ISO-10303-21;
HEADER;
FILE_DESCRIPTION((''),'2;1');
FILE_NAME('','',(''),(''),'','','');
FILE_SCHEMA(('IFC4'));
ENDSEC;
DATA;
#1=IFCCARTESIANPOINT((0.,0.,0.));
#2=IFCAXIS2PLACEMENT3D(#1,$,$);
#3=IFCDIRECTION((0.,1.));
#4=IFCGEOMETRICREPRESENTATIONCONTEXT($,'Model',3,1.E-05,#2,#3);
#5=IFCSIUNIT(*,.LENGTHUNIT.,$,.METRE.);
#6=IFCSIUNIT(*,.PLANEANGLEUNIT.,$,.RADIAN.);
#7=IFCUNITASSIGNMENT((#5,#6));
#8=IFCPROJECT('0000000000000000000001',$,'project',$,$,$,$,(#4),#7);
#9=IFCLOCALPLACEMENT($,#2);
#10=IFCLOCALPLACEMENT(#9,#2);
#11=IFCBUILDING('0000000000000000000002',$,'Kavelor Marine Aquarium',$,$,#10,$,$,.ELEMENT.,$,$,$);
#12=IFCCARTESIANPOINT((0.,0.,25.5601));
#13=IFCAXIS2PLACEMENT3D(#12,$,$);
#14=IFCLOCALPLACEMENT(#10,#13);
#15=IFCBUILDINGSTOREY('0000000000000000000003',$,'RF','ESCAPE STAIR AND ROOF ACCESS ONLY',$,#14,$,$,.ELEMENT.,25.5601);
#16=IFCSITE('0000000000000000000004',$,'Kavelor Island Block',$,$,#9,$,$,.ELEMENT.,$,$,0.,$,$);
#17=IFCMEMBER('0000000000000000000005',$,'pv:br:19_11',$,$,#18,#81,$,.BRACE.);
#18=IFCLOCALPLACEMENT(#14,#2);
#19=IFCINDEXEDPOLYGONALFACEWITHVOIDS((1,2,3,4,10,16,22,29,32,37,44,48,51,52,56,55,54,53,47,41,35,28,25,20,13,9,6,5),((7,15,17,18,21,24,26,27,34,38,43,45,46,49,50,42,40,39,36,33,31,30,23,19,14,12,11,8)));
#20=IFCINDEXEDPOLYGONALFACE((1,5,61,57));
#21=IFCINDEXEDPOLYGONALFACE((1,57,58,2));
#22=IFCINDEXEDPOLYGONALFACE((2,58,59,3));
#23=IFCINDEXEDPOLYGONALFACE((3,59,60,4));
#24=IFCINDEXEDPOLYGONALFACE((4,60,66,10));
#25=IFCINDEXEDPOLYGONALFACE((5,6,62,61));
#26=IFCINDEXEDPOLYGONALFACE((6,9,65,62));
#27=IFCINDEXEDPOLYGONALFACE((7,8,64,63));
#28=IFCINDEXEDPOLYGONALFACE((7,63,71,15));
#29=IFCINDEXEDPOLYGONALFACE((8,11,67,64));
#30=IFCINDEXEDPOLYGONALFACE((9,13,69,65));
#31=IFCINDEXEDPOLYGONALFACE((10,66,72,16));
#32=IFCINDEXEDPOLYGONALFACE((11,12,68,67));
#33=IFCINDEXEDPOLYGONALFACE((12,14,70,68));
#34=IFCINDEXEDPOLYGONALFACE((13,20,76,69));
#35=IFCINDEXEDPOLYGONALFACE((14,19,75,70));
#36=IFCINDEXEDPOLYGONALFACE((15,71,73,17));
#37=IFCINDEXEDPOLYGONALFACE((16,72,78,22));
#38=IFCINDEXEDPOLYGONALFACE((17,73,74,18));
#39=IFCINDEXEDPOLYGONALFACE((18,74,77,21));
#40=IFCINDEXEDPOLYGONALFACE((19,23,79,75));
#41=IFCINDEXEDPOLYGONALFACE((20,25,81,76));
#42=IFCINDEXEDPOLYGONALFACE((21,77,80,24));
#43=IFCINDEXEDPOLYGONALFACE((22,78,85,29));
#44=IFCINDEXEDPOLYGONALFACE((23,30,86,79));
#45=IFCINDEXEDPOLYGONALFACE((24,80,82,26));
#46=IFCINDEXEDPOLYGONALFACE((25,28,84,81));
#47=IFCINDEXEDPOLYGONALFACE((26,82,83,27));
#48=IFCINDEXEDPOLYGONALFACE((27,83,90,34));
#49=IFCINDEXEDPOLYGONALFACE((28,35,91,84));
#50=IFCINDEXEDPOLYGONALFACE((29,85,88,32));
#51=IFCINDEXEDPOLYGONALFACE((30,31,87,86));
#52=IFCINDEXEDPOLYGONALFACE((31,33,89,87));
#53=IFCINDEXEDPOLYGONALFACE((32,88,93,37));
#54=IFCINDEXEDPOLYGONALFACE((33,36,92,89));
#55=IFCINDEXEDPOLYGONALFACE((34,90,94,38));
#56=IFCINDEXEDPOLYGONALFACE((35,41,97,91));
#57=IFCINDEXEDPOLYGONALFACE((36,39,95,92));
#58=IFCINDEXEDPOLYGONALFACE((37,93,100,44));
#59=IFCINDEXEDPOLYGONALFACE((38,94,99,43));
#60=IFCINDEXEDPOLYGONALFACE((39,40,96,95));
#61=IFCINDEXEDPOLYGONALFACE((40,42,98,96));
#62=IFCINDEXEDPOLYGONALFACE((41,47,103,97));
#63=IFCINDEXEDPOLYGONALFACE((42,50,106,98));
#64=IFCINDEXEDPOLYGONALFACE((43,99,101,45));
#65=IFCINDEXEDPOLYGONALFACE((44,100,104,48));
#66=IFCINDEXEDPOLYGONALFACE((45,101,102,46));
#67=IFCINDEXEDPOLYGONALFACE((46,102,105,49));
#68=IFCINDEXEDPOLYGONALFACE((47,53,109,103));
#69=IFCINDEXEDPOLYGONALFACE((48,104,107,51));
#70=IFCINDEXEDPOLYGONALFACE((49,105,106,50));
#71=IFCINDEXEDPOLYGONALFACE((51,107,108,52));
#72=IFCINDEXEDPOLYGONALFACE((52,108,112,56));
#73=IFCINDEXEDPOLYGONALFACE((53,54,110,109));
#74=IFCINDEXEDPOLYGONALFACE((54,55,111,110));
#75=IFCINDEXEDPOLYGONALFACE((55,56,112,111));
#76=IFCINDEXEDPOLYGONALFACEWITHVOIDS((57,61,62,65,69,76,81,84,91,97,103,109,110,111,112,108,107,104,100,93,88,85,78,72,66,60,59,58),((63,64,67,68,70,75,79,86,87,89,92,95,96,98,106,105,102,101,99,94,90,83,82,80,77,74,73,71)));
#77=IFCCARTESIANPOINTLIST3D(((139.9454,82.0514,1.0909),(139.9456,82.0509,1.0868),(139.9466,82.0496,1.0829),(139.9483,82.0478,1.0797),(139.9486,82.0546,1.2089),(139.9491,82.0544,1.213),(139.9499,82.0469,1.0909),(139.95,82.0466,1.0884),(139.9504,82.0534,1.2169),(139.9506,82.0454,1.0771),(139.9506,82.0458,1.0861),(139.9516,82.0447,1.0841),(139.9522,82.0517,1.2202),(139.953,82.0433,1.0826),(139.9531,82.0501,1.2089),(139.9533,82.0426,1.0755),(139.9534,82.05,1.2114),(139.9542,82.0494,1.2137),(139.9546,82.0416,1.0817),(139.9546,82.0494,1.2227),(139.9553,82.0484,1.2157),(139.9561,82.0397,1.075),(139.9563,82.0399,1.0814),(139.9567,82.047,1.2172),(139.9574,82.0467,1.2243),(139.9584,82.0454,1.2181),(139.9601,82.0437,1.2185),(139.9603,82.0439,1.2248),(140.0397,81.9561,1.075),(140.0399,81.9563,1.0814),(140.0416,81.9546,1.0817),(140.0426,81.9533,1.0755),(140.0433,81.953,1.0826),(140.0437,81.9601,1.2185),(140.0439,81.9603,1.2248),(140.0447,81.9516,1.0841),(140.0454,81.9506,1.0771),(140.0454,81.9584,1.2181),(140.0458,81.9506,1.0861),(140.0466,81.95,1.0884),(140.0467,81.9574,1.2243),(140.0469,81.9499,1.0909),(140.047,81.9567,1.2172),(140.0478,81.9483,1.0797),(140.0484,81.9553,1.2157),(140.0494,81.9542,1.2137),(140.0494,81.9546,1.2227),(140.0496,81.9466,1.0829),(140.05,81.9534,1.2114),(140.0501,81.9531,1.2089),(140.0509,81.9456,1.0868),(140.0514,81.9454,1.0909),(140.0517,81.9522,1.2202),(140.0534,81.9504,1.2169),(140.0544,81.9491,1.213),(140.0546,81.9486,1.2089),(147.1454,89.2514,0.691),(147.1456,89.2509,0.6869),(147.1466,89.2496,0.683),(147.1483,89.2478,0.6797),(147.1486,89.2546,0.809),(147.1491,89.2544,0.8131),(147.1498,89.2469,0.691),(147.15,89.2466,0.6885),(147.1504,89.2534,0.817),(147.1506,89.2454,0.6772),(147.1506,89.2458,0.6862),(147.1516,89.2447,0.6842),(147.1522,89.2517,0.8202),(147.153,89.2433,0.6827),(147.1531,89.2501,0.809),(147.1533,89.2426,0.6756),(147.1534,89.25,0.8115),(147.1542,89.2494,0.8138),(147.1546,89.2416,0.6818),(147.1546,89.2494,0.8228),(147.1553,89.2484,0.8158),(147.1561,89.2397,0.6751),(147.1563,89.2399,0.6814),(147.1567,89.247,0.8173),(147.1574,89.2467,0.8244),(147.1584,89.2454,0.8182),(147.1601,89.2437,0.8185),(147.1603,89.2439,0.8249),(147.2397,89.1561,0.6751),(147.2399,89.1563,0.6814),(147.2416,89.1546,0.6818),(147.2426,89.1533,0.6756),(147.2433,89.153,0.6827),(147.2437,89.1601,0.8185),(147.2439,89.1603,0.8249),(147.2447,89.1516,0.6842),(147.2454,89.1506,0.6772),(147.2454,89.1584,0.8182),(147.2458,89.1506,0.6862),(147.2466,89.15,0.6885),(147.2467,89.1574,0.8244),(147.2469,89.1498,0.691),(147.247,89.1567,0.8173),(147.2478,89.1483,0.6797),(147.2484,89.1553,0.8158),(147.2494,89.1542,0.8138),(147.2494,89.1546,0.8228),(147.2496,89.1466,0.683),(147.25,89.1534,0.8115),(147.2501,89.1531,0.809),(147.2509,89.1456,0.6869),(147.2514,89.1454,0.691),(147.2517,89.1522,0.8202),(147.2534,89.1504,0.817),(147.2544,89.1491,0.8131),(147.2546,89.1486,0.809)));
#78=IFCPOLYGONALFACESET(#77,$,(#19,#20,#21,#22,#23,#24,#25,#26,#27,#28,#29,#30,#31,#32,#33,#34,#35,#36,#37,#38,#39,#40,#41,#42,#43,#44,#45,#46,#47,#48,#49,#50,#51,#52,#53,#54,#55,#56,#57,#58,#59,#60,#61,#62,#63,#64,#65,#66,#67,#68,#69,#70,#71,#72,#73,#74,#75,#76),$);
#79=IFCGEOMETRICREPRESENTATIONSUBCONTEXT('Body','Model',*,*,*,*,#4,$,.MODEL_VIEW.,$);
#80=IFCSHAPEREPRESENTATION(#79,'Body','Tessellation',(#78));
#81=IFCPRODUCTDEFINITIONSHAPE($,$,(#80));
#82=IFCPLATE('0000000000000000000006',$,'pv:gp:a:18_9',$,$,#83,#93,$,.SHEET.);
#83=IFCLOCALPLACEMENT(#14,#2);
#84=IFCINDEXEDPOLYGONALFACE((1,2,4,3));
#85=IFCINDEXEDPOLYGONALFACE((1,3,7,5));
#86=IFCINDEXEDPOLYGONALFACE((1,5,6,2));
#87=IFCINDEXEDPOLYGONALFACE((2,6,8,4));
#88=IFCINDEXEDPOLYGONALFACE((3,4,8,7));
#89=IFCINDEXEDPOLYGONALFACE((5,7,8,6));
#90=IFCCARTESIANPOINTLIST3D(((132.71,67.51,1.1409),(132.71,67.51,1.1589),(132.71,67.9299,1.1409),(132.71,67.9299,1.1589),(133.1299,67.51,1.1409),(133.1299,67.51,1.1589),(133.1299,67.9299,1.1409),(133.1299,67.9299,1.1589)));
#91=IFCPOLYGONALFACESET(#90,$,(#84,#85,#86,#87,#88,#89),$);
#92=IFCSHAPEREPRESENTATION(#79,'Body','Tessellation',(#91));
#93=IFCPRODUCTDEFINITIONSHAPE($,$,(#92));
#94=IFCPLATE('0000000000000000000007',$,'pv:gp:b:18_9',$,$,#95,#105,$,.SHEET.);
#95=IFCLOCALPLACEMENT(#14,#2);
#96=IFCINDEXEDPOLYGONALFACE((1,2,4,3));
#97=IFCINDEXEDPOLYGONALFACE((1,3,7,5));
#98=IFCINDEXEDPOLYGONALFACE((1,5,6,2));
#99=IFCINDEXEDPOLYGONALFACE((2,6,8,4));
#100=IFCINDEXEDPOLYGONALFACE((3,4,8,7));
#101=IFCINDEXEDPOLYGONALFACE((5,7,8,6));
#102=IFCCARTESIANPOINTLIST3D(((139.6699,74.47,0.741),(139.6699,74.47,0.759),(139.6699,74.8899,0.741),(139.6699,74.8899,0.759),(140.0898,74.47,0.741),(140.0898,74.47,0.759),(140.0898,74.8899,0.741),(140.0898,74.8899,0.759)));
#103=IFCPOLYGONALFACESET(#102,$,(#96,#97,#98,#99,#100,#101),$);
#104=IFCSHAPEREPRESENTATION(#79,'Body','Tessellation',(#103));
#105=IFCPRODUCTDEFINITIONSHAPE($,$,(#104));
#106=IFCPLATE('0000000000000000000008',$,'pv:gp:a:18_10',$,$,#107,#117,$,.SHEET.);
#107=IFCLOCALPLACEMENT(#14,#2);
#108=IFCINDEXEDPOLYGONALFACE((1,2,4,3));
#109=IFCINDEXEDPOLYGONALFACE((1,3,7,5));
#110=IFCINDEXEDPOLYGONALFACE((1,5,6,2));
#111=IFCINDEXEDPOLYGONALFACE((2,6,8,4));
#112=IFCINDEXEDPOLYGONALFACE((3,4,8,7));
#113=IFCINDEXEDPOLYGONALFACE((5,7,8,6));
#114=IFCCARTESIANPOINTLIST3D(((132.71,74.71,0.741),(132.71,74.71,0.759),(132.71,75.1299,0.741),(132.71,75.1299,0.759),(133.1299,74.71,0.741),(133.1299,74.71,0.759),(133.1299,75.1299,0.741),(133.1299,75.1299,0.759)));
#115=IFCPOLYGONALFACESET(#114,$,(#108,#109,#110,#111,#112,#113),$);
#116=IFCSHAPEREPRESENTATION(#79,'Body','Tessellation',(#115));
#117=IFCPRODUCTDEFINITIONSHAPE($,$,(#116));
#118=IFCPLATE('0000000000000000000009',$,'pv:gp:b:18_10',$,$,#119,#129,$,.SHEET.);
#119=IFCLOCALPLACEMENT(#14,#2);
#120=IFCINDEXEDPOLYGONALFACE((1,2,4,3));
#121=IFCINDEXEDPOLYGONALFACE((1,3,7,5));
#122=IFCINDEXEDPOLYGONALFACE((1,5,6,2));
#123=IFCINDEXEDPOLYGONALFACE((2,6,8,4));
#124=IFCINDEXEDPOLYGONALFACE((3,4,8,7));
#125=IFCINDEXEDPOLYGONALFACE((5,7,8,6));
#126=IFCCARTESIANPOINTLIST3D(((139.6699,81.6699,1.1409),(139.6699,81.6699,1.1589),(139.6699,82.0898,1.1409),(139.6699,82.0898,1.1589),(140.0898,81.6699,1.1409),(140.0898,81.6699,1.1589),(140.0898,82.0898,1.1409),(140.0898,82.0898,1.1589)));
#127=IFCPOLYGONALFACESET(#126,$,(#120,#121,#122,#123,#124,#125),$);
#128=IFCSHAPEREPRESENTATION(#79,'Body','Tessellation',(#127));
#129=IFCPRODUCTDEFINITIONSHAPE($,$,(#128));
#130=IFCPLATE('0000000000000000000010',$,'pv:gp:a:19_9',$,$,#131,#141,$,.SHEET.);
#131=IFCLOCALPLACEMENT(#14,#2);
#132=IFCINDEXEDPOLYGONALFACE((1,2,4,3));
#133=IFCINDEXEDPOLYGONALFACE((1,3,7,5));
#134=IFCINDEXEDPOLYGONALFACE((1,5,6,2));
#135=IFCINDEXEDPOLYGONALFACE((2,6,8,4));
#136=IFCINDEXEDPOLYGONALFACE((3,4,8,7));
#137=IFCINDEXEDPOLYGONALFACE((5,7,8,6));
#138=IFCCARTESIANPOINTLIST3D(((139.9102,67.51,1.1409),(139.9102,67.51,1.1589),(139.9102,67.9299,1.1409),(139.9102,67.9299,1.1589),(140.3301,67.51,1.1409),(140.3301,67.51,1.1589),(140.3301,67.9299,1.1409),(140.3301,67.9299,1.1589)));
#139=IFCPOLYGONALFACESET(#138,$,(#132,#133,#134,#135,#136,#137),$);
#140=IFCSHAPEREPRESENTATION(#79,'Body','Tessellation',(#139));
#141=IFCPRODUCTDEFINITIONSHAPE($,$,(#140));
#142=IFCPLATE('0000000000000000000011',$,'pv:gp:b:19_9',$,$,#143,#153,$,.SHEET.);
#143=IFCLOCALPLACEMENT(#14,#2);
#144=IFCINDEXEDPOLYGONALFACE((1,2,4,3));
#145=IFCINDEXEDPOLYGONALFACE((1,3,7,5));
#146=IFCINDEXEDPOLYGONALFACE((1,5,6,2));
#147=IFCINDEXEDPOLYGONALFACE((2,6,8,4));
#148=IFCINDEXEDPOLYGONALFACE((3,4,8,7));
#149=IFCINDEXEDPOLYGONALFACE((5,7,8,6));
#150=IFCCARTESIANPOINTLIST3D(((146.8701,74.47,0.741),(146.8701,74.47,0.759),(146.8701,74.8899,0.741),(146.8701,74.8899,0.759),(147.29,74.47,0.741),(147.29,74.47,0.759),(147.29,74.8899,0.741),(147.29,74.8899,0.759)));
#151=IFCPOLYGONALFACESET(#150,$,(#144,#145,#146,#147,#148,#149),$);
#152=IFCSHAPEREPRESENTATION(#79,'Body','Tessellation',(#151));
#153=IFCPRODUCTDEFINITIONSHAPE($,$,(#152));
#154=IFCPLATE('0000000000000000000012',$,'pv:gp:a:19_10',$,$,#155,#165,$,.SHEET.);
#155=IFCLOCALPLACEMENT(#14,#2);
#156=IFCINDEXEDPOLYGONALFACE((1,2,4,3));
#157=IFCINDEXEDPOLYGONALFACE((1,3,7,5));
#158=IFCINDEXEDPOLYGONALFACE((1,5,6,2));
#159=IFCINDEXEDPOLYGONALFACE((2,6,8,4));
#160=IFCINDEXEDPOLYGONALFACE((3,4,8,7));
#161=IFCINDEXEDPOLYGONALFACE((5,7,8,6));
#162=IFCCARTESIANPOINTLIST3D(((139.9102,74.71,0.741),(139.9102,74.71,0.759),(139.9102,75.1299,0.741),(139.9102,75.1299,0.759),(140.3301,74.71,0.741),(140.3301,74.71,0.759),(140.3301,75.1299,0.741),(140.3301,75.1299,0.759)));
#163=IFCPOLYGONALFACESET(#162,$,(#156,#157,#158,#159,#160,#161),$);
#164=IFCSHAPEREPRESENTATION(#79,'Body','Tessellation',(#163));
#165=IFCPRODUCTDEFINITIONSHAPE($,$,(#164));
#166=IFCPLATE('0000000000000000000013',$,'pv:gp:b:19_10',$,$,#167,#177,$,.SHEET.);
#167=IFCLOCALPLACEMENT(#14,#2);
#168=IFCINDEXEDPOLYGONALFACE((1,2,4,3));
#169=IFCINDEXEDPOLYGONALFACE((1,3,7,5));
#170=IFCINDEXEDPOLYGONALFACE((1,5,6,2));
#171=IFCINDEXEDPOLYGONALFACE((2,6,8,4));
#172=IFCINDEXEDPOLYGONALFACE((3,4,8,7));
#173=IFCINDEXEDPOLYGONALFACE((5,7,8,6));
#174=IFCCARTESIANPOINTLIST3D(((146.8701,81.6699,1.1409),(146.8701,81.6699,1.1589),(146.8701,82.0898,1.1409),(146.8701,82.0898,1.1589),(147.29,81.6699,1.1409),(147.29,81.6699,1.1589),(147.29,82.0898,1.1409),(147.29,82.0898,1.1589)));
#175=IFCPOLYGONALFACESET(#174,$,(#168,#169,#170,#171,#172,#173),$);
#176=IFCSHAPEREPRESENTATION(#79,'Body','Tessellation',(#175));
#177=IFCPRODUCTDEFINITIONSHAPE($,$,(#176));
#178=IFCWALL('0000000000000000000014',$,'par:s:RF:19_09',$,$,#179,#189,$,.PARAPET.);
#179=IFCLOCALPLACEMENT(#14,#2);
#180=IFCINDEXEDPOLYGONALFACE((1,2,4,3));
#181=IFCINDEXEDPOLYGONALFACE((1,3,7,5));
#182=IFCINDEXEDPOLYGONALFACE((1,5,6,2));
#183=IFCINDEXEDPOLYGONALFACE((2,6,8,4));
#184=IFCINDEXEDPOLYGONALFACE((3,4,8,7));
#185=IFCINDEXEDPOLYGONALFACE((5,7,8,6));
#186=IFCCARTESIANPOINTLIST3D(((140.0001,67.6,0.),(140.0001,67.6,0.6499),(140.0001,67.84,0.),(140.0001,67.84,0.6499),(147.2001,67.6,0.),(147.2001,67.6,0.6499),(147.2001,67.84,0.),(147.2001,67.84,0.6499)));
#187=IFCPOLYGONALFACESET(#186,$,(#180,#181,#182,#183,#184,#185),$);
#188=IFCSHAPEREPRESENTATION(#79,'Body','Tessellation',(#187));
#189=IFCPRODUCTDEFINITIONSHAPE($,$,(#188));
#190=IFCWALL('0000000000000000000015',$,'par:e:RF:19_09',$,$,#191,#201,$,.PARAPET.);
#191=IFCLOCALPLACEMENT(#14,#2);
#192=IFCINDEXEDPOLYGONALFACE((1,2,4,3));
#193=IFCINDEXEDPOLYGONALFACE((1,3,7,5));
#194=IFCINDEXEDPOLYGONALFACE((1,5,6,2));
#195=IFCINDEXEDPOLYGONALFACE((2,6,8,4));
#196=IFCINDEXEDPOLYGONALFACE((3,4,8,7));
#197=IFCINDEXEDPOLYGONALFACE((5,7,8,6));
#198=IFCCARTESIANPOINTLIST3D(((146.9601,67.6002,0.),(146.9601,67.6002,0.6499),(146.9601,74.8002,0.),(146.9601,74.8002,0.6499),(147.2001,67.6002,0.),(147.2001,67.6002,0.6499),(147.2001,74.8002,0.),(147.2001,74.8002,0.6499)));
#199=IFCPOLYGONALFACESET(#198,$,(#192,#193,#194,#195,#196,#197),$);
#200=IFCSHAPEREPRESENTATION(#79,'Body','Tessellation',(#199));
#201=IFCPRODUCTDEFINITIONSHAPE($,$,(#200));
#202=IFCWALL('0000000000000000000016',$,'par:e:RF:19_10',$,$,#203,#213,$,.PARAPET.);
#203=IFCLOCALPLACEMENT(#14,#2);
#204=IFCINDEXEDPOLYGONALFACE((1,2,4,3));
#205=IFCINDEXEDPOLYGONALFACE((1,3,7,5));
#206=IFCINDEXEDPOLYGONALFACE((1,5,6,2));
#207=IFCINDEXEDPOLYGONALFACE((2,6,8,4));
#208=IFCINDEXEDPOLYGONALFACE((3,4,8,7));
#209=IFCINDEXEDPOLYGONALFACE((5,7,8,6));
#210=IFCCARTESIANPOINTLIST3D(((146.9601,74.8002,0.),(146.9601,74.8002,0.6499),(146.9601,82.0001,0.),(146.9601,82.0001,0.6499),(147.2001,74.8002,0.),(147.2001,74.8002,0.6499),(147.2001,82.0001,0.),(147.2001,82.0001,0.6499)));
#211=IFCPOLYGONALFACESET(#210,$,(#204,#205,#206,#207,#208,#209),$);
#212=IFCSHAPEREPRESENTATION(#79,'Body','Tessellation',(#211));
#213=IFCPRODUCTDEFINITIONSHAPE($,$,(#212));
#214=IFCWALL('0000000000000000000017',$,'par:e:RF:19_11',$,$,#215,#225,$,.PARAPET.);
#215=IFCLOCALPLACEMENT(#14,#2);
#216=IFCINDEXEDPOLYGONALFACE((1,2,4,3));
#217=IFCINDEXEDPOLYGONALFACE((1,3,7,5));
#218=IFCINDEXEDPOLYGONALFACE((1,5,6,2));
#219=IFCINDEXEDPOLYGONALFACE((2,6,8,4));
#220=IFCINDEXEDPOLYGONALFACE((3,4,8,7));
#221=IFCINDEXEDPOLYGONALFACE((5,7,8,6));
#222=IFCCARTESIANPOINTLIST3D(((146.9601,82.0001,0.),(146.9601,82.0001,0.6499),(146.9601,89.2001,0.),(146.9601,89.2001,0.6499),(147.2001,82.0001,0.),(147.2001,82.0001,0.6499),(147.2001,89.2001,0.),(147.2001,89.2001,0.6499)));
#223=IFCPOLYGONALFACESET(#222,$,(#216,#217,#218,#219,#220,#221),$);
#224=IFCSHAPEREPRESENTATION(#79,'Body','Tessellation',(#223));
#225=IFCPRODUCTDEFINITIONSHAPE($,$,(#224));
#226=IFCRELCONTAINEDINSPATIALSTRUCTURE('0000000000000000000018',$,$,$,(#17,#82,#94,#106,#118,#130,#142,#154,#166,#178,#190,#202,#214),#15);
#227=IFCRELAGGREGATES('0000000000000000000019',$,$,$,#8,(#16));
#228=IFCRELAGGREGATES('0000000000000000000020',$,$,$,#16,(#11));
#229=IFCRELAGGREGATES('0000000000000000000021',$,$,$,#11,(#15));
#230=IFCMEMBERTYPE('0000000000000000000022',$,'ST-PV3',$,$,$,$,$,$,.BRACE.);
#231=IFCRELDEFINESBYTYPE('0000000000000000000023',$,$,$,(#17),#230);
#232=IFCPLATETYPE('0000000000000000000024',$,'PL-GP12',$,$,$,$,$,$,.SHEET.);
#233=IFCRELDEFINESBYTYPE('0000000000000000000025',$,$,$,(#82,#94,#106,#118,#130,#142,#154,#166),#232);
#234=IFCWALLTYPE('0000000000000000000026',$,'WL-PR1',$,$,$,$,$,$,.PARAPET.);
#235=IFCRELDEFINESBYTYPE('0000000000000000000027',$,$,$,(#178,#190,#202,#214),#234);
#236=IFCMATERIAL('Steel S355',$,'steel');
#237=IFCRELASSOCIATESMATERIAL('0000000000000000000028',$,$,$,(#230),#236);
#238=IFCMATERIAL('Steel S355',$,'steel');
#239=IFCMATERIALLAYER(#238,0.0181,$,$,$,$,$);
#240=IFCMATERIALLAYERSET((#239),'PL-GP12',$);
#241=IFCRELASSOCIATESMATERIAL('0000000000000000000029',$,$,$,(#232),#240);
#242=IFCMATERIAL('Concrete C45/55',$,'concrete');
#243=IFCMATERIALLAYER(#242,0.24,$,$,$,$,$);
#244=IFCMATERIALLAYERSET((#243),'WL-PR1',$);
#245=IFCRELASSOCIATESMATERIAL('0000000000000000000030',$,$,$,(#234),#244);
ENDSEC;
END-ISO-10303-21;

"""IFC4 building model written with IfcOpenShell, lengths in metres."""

from ifc_helpers import new_model, si_unit, direction, frame, frame_2d, origin, origin_2d, place, context, subcontext, project, spatial, rectangle, hollow_rectangle, extrude, material, layer, layer_set, material_profile, profile_set, type_object, element, save


model = new_model("IFC4")

# Units and contexts
model_context = context("Model", 3, precision=1e-05, world=origin(), true_north=direction((0.0, 1.0)))
body_context = subcontext(model_context, "Body", "Model", "MODEL_VIEW")
ifc_project = project(units=[si_unit("LENGTHUNIT", "METRE"), si_unit("PLANEANGLEUNIT", "RADIAN")], contexts=[model_context])

# Site, building, storey
site_placement = place(None, origin())
site = spatial("IfcSite", under=ifc_project, at=site_placement, Name="Kavelor Island Block", CompositionType="ELEMENT", RefElevation=0.0)
building_placement = place(site_placement, origin())
building = spatial("IfcBuilding", under=site, at=building_placement, Name="Kavelor Marine Aquarium", CompositionType="ELEMENT")
storey_placement = place(building_placement, frame((0.0, 0.0, 25.5601)))
storey = spatial("IfcBuildingStorey", under=building, at=storey_placement, Name="RF", Description="ESCAPE STAIR AND ROOF ACCESS ONLY", CompositionType="ELEMENT", Elevation=25.5601)

# Member
ifc_material_1 = material(Name="Steel S355", Category="steel")
ifc_material_profile_1 = material_profile(ifc_material_1, hollow_rectangle(XDim=0.1499, YDim=0.1499, WallThickness=0.0063, InnerFilletRadius=0.0095, OuterFilletRadius=0.0159, at=origin_2d()), Name="SHS 150x150x6.3")
ifc_profile_set_1 = profile_set([ifc_material_profile_1], Name="Steel S355")
member_type_1 = type_object("IfcMemberType", Name="ST-PV3", PredefinedType="BRACE", material=ifc_profile_set_1)
for number, where, z_axis, x_axis, name in (
    (1, (140.0, 82.0, 1.1499), (0.706562, 0.706562, -0.039244), (-0.707107, 0.707107, 0.0), "pv:br:19_11"),
):
    element("IfcMember", number, at=place(storey_placement, frame(where, z_axis=z_axis, x_axis=x_axis)), inside=storey, type_object=member_type_1, Name=name, PredefinedType="BRACE", context=body_context, shape_type="SweptSolid", body=[
        extrude(hollow_rectangle(XDim=0.1499, YDim=0.1499, WallThickness=0.0063, InnerFilletRadius=0.0095, OuterFilletRadius=0.0159, at=origin_2d()), origin(), (0.0, 0.0, 1.0), 10.1902),
    ])

# Plates
ifc_material_2 = material(Name="Steel S355", Category="steel")
ifc_layer_1 = layer(ifc_material_2, 0.0181)
ifc_layer_set_1 = layer_set([ifc_layer_1], Name="PL-GP12")
plate_type = type_object("IfcPlateType", Name="PL-GP12", PredefinedType="SHEET", material=ifc_layer_set_1)
for number, where, z_axis, x_axis, name in (
    (2, (132.9199, 67.72, 1.1409), (0.0, 0.0, 1.0), (1.0, 0.0, 0.0), "pv:gp:a:18_9"),
    (3, (139.8799, 74.6799, 0.741), (0.0, 0.0, 1.0), (1.0, 0.0, 0.0), "pv:gp:b:18_9"),
    (4, (132.9199, 74.9199, 0.741), (0.0, 0.0, 1.0), (1.0, 0.0, 0.0), "pv:gp:a:18_10"),
    (5, (139.8799, 81.8799, 1.1409), (0.0, 0.0, 1.0), (1.0, 0.0, 0.0), "pv:gp:b:18_10"),
    (6, (140.1201, 67.72, 1.1409), (0.0, 0.0, 1.0), (1.0, 0.0, 0.0), "pv:gp:a:19_9"),
    (7, (147.0801, 74.6799, 0.741), (0.0, 0.0, 1.0), (1.0, 0.0, 0.0), "pv:gp:b:19_9"),
    (8, (140.1201, 74.9199, 0.741), (0.0, 0.0, 1.0), (1.0, 0.0, 0.0), "pv:gp:a:19_10"),
    (9, (147.0801, 81.8799, 1.1409), (0.0, 0.0, 1.0), (1.0, 0.0, 0.0), "pv:gp:b:19_10"),
):
    element("IfcPlate", number, at=place(storey_placement, frame(where, z_axis=z_axis, x_axis=x_axis)), inside=storey, type_object=plate_type, Name=name, PredefinedType="SHEET", context=body_context, shape_type="SweptSolid", body=[
        extrude(rectangle(XDim=0.4199, YDim=0.4199, at=origin_2d()), origin(), (0.0, 0.0, 1.0), 0.0181),
    ])

# Walls
ifc_material_3 = material(Name="Concrete C45/55", Category="concrete")
ifc_layer_2 = layer(ifc_material_3, 0.24)
ifc_layer_set_2 = layer_set([ifc_layer_2], Name="WL-PR1")
wall_type = type_object("IfcWallType", Name="WL-PR1", PredefinedType="PARAPET", material=ifc_layer_set_2)
for number, where, z_axis, x_axis, name in (
    (10, (140.0, 67.72, 0.0), (0.0, 0.0, 1.0), (1.0, 0.0, 0.0), "par:s:RF:19_09"),
    (11, (147.0801, 67.6001, 0.0), (0.0, 0.0, 1.0), (0.0, 1.0, 0.0), "par:e:RF:19_09"),
    (12, (147.0801, 74.8, 0.0), (0.0, 0.0, 1.0), (0.0, 1.0, 0.0), "par:e:RF:19_10"),
    (13, (147.0801, 82.0, 0.0), (0.0, 0.0, 1.0), (0.0, 1.0, 0.0), "par:e:RF:19_11"),
):
    element("IfcWall", number, at=place(storey_placement, frame(where, z_axis=z_axis, x_axis=x_axis)), inside=storey, type_object=wall_type, Name=name, PredefinedType="PARAPET", context=body_context, shape_type="SweptSolid", body=[
        extrude(rectangle(XDim=7.2, YDim=0.24, at=frame_2d((3.6001, 0.0))), origin(), (0.0, 0.0, 1.0), 0.6499),
    ])

save(model, "model.ifc")
